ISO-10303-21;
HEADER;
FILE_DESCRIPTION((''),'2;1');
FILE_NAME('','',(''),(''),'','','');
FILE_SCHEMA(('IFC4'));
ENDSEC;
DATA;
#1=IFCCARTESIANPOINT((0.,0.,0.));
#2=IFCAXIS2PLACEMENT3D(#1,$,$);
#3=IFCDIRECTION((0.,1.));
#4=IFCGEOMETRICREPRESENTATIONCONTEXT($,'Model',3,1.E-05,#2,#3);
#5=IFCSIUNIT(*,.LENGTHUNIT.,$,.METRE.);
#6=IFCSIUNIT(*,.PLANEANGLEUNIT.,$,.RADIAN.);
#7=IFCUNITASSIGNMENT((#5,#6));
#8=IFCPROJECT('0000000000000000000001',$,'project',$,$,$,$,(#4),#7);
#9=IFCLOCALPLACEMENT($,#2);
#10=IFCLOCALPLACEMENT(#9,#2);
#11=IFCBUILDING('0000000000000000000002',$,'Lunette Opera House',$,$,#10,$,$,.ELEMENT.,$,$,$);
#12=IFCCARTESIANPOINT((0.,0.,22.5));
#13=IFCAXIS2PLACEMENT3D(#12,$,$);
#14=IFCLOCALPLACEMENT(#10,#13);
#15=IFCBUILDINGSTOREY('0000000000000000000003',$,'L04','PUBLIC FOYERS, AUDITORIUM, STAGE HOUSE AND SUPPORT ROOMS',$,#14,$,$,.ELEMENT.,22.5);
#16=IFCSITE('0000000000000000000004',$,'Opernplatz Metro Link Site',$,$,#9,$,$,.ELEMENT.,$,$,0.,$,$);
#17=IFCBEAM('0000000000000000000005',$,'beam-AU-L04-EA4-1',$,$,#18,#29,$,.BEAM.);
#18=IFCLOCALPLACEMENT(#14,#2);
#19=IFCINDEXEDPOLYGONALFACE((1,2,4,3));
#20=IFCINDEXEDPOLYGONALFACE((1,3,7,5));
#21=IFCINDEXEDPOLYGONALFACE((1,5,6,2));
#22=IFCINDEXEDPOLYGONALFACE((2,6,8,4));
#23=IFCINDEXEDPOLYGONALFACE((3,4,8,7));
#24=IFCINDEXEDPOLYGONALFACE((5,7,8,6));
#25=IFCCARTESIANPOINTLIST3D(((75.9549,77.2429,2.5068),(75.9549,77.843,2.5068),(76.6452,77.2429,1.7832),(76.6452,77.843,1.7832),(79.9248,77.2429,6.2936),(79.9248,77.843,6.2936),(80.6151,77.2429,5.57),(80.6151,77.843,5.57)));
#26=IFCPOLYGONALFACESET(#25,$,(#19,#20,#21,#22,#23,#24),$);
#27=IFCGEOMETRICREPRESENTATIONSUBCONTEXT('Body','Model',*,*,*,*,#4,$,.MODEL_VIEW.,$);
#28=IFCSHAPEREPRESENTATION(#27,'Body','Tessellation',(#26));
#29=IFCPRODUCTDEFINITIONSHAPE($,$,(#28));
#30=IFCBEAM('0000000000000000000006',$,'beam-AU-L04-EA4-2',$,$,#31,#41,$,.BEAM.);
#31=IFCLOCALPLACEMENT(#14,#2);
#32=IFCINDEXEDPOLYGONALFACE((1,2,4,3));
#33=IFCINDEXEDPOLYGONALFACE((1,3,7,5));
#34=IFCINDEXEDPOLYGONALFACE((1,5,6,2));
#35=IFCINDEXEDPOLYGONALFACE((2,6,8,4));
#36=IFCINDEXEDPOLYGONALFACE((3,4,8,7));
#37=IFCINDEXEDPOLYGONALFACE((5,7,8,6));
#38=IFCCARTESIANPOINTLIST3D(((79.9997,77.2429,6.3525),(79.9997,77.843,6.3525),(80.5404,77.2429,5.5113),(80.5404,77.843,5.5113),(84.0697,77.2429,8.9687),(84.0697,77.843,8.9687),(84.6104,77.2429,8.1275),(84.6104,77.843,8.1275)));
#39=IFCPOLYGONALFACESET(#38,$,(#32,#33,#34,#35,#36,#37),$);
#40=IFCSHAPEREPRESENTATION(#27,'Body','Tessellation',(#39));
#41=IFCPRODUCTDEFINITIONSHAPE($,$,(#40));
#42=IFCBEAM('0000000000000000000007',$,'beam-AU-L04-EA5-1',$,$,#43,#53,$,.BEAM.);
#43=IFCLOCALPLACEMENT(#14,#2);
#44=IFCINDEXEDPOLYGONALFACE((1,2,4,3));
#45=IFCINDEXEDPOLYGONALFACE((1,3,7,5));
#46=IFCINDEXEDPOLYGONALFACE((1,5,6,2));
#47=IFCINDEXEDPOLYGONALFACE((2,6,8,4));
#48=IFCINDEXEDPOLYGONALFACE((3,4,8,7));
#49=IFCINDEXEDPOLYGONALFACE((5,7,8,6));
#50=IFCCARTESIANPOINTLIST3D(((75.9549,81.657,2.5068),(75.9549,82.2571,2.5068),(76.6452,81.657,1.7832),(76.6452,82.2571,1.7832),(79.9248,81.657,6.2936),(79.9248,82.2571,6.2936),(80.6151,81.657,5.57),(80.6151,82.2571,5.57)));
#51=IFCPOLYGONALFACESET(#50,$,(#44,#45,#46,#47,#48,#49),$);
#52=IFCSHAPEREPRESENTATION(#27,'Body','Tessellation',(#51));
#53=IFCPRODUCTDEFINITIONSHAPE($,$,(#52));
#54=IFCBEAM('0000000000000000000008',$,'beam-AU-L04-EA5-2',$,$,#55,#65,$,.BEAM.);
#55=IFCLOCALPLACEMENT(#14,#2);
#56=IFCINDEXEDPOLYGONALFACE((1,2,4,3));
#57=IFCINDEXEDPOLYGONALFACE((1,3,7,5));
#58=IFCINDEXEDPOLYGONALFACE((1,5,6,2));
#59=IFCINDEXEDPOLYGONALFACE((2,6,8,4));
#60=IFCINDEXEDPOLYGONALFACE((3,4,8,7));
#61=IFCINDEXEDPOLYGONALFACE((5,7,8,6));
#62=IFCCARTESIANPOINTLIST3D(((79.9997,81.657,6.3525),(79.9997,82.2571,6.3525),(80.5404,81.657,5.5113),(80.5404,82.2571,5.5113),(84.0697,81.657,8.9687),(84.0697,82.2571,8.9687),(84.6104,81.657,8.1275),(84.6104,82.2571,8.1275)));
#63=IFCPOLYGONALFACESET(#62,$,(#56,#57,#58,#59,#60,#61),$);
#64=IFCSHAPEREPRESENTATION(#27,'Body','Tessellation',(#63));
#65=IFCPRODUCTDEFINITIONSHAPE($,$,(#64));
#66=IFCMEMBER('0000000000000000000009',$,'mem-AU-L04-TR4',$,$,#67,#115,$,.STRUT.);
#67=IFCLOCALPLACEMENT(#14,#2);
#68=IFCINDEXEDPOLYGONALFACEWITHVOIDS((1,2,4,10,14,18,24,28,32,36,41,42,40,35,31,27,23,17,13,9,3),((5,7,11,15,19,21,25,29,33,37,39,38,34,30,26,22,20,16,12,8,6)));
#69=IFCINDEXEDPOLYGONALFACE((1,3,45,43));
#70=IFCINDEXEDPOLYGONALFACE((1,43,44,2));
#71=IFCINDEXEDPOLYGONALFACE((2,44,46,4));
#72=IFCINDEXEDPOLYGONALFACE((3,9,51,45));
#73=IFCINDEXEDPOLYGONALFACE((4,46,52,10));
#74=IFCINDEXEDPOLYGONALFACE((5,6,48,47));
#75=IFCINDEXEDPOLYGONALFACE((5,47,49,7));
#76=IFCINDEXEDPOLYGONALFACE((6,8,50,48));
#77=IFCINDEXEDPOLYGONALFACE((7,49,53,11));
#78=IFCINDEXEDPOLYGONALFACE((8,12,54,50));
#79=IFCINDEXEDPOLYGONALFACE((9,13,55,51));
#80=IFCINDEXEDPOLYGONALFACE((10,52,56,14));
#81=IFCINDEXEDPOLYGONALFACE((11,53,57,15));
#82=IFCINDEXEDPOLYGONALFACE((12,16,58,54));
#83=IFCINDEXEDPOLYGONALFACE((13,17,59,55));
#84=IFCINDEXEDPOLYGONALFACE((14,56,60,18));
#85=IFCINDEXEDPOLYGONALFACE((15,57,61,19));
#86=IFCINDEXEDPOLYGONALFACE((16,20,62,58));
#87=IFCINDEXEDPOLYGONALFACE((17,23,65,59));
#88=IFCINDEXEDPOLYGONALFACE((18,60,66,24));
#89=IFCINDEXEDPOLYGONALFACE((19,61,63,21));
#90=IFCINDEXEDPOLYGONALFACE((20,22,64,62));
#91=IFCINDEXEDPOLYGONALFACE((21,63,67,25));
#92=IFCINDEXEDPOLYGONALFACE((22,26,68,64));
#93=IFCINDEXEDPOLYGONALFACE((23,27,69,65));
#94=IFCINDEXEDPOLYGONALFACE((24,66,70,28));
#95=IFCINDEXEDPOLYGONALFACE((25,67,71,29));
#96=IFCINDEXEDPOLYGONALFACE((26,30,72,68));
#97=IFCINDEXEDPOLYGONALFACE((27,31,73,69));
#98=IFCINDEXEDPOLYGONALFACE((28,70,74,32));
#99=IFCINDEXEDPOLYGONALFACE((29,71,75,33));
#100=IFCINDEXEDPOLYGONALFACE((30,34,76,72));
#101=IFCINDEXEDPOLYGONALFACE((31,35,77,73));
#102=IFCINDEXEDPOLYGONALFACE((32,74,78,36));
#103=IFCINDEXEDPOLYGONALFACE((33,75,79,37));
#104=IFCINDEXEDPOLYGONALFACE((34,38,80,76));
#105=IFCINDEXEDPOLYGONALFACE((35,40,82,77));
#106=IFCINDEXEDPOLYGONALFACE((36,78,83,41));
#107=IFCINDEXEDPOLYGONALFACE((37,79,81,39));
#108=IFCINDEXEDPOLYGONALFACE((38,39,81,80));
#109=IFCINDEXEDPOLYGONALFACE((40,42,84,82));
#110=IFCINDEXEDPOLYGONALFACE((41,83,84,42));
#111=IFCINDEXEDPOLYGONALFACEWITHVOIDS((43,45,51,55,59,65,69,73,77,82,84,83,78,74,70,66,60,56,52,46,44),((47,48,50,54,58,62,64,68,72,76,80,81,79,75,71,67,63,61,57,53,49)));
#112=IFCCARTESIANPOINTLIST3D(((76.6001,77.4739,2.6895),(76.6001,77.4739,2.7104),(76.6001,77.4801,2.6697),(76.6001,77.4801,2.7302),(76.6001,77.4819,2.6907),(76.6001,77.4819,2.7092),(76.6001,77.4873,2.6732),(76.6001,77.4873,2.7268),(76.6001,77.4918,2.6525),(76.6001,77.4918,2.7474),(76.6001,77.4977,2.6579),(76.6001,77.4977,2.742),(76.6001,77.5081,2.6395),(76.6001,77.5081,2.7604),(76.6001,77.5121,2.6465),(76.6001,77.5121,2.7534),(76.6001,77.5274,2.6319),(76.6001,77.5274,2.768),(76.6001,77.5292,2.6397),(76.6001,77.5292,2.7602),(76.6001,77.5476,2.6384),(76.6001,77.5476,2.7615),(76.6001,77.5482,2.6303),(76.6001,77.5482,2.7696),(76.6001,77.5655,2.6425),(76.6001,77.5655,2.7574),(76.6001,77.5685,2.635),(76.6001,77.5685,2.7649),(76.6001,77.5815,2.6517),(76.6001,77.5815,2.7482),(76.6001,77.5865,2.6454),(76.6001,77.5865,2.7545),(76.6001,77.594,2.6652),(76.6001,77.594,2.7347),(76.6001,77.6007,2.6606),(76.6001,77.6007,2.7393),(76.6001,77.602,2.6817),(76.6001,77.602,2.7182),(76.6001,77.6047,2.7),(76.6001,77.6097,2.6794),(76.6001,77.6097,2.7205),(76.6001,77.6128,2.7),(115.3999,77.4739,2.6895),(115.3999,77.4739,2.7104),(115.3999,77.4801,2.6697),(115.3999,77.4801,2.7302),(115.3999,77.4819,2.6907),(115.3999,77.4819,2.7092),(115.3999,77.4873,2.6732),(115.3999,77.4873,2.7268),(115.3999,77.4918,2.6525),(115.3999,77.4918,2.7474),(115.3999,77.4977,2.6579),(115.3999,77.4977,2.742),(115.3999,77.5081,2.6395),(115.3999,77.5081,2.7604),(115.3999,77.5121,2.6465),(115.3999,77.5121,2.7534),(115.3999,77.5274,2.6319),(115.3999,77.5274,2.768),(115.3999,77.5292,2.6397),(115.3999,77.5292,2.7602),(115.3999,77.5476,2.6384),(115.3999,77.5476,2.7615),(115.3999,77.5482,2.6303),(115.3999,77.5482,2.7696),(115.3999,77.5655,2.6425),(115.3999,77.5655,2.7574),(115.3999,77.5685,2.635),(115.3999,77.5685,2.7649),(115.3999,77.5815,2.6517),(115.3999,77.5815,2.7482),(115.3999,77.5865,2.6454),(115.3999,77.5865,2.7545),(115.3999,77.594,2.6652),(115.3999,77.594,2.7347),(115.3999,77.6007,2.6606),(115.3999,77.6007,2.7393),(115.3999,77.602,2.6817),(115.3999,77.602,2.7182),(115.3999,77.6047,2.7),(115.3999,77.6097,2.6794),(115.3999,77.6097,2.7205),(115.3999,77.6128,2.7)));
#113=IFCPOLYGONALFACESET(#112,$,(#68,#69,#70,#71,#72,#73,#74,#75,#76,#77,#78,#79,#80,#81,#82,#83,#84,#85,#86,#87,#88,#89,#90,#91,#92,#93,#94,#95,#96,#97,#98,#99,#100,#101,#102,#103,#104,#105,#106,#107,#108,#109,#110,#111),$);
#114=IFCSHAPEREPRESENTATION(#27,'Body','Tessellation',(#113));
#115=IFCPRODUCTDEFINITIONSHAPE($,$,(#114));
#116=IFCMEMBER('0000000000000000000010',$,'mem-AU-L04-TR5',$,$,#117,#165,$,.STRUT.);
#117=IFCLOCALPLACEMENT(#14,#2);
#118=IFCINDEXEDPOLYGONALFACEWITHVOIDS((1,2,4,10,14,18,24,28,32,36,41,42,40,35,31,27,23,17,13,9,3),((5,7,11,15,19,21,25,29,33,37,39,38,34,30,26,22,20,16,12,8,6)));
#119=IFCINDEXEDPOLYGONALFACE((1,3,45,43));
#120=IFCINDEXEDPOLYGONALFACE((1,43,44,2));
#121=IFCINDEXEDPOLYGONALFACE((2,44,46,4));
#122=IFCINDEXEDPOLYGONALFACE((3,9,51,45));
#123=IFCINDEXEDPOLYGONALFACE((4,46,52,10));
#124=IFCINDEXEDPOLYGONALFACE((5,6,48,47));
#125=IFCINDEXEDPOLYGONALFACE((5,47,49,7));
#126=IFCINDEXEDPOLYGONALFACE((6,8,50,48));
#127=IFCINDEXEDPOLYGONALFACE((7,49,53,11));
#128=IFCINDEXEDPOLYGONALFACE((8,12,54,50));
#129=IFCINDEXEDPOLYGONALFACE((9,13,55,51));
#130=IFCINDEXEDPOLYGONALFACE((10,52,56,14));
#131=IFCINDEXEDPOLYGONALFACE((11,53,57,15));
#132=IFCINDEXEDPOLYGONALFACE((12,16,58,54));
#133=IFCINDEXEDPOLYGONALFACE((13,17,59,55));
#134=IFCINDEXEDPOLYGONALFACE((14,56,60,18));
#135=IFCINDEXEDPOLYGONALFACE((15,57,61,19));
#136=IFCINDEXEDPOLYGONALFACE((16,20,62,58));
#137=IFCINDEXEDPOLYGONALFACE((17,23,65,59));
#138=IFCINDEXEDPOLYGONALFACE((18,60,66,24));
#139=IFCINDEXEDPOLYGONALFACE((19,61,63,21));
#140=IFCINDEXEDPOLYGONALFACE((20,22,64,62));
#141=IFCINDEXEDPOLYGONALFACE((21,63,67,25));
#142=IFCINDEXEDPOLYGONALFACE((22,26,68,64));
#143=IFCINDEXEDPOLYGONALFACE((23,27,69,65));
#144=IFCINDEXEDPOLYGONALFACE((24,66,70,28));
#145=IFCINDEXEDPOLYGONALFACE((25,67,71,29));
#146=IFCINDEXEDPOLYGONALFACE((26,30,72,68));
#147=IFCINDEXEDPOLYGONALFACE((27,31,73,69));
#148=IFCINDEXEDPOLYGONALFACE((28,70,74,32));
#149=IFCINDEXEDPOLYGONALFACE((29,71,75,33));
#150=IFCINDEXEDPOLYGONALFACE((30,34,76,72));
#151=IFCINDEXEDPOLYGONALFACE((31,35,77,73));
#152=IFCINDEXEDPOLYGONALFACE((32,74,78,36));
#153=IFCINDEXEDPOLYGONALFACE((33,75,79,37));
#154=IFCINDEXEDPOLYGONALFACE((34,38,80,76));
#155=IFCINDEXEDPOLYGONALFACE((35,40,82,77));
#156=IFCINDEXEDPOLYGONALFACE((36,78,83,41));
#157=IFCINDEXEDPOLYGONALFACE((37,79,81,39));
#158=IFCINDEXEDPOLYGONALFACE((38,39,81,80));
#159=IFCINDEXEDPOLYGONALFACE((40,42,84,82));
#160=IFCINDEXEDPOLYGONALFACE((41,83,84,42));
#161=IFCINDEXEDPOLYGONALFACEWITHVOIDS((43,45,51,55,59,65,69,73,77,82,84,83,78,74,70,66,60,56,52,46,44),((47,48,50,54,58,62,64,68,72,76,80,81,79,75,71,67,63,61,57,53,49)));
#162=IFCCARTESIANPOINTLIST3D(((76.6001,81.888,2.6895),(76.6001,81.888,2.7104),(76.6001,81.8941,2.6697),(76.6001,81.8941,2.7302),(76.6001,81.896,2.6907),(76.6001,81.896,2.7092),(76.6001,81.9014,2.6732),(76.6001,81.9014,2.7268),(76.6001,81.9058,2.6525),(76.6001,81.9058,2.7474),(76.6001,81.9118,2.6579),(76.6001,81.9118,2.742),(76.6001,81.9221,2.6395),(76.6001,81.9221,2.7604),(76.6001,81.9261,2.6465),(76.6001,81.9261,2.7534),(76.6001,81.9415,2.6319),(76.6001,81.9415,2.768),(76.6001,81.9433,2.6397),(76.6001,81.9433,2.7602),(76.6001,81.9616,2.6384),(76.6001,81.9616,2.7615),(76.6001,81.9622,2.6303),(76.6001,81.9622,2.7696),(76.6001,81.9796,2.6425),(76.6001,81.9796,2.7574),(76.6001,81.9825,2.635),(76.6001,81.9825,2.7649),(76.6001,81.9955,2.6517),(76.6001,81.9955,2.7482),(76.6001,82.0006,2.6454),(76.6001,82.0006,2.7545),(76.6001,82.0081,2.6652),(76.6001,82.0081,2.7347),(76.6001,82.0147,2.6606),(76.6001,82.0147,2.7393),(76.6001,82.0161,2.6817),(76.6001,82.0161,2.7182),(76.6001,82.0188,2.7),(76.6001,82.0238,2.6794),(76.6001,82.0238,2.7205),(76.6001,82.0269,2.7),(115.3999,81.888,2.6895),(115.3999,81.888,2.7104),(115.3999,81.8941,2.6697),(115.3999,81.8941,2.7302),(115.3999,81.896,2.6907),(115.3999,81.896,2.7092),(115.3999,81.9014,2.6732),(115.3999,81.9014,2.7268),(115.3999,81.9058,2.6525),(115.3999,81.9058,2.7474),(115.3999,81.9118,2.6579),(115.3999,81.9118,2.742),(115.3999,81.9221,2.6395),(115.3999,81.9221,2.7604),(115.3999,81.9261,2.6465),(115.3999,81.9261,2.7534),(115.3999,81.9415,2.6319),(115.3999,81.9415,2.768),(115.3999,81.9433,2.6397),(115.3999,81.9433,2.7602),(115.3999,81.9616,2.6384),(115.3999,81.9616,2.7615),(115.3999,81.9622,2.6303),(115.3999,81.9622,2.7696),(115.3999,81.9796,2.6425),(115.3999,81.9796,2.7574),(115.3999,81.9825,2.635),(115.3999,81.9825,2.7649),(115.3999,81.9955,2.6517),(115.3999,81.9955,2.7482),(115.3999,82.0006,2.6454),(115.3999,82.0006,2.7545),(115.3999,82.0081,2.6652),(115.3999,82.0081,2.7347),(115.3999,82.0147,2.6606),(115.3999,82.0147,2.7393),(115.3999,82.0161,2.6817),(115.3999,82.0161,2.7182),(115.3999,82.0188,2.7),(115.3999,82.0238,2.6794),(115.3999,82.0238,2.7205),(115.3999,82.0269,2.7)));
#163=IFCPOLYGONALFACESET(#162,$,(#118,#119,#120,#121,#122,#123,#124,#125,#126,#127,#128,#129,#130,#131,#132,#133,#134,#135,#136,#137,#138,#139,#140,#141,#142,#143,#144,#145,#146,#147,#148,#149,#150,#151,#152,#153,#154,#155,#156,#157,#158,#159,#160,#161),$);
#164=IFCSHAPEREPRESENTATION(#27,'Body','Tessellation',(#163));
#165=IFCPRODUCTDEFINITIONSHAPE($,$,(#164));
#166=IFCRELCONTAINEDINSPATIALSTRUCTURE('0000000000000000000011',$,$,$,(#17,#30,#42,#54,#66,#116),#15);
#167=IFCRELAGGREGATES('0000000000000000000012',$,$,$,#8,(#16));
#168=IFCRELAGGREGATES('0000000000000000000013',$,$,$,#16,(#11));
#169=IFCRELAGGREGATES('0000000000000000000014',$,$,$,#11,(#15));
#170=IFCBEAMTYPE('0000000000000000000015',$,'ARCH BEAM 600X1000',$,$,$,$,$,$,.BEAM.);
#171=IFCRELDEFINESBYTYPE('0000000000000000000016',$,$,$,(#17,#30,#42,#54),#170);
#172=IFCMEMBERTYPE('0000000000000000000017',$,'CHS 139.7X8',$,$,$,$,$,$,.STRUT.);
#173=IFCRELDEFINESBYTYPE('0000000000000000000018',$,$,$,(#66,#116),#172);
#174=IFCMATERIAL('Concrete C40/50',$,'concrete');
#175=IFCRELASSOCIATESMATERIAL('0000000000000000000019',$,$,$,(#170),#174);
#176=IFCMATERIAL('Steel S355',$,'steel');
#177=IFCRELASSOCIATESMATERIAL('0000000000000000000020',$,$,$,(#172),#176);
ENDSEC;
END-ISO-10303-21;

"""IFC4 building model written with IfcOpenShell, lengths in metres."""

from ifc_helpers import new_model, si_unit, direction, frame, origin, origin_2d, place, context, subcontext, project, spatial, rectangle, hollow_circle, extrude, material, material_profile, profile_set, type_object, element, save


model = new_model("IFC4")

# Units and contexts
model_context = context("Model", 3, precision=1e-05, world=origin(), true_north=direction((0.0, 1.0)))
body_context = subcontext(model_context, "Body", "Model", "MODEL_VIEW")
ifc_project = project(units=[si_unit("LENGTHUNIT", "METRE"), si_unit("PLANEANGLEUNIT", "RADIAN")], contexts=[model_context])

# Site, building, storey
site_placement = place(None, origin())
site = spatial("IfcSite", under=ifc_project, at=site_placement, Name="Opernplatz Metro Link Site", CompositionType="ELEMENT", RefElevation=0.0)
building_placement = place(site_placement, origin())
building = spatial("IfcBuilding", under=site, at=building_placement, Name="Lunette Opera House", CompositionType="ELEMENT")
storey_placement = place(building_placement, frame((0.0, 0.0, 22.5)))
storey = spatial("IfcBuildingStorey", under=building, at=storey_placement, Name="L04", Description="PUBLIC FOYERS, AUDITORIUM, STAGE HOUSE AND SUPPORT ROOMS", CompositionType="ELEMENT", Elevation=22.5)

# Beams
ifc_material_1 = material(Name="Concrete C40/50", Category="concrete")
ifc_material_profile_1 = material_profile(ifc_material_1, rectangle(XDim=0.6001, YDim=1.0, at=origin_2d()), Name="ARCH BEAM 600X1000")
ifc_profile_set_1 = profile_set([ifc_material_profile_1], Name="Concrete C40/50")
beam_type_1 = type_object("IfcBeamType", Name="ARCH BEAM 600X1000", PredefinedType="BEAM", material=ifc_profile_set_1)
beam_1_placement = place(storey_placement, frame((76.3, 77.543, 2.145), z_axis=(0.723597, 0.0, 0.690223), x_axis=(0.0, 1.0, 0.0)))
element("IfcBeam", 1, at=beam_1_placement, inside=storey, type_object=beam_type_1, Name="beam-AU-L04-EA4-1", PredefinedType="BEAM", context=body_context, shape_type="SweptSolid", body=[
    extrude(rectangle(XDim=0.6001, YDim=1.0, at=origin_2d()), origin(), (0.0, 0.0, 1.0), 5.4863),
])
beam_2_placement = place(storey_placement, frame((80.27, 77.543, 5.9319), z_axis=(0.841203, 0.0, 0.540719), x_axis=(0.0, 1.0, 0.0)))
element("IfcBeam", 2, at=beam_2_placement, inside=storey, type_object=beam_type_1, Name="beam-AU-L04-EA4-2", PredefinedType="BEAM", context=body_context, shape_type="SweptSolid", body=[
    extrude(rectangle(XDim=0.6001, YDim=1.0, at=origin_2d()), origin(), (0.0, 0.0, 1.0), 4.8384),
])
beam_3_placement = place(storey_placement, frame((76.3, 81.957, 2.145), z_axis=(0.723597, 0.0, 0.690223), x_axis=(0.0, 1.0, 0.0)))
element("IfcBeam", 3, at=beam_3_placement, inside=storey, type_object=beam_type_1, Name="beam-AU-L04-EA5-1", PredefinedType="BEAM", context=body_context, shape_type="SweptSolid", body=[
    extrude(rectangle(XDim=0.6001, YDim=1.0, at=origin_2d()), origin(), (0.0, 0.0, 1.0), 5.4863),
])
beam_4_placement = place(storey_placement, frame((80.27, 81.957, 5.9319), z_axis=(0.841203, 0.0, 0.540719), x_axis=(0.0, 1.0, 0.0)))
element("IfcBeam", 4, at=beam_4_placement, inside=storey, type_object=beam_type_1, Name="beam-AU-L04-EA5-2", PredefinedType="BEAM", context=body_context, shape_type="SweptSolid", body=[
    extrude(rectangle(XDim=0.6001, YDim=1.0, at=origin_2d()), origin(), (0.0, 0.0, 1.0), 4.8384),
])

# Members
ifc_material_2 = material(Name="Steel S355", Category="steel")
ifc_material_profile_2 = material_profile(ifc_material_2, hollow_circle(Radius=0.0698, WallThickness=0.0081, at=origin_2d()), Name="CHS 139.7X8")
ifc_profile_set_2 = profile_set([ifc_material_profile_2], Name="Steel S355")
member_type_1 = type_object("IfcMemberType", Name="CHS 139.7X8", PredefinedType="STRUT", material=ifc_profile_set_2)
for number, where, z_axis, x_axis, name in (
    (5, (76.6001, 77.543, 2.7), (1.0, 0.0, 0.0), (0.0, 1.0, 0.0), "mem-AU-L04-TR4"),
    (6, (76.6001, 81.957, 2.7), (1.0, 0.0, 0.0), (0.0, 1.0, 0.0), "mem-AU-L04-TR5"),
):
    element("IfcMember", number, at=place(storey_placement, frame(where, z_axis=z_axis, x_axis=x_axis)), inside=storey, type_object=member_type_1, Name=name, PredefinedType="STRUT", context=body_context, shape_type="SweptSolid", body=[
        extrude(hollow_circle(Radius=0.0698, WallThickness=0.0081, at=origin_2d()), origin(), (0.0, 0.0, 1.0), 38.7998),
    ])

save(model, "model.ifc")
